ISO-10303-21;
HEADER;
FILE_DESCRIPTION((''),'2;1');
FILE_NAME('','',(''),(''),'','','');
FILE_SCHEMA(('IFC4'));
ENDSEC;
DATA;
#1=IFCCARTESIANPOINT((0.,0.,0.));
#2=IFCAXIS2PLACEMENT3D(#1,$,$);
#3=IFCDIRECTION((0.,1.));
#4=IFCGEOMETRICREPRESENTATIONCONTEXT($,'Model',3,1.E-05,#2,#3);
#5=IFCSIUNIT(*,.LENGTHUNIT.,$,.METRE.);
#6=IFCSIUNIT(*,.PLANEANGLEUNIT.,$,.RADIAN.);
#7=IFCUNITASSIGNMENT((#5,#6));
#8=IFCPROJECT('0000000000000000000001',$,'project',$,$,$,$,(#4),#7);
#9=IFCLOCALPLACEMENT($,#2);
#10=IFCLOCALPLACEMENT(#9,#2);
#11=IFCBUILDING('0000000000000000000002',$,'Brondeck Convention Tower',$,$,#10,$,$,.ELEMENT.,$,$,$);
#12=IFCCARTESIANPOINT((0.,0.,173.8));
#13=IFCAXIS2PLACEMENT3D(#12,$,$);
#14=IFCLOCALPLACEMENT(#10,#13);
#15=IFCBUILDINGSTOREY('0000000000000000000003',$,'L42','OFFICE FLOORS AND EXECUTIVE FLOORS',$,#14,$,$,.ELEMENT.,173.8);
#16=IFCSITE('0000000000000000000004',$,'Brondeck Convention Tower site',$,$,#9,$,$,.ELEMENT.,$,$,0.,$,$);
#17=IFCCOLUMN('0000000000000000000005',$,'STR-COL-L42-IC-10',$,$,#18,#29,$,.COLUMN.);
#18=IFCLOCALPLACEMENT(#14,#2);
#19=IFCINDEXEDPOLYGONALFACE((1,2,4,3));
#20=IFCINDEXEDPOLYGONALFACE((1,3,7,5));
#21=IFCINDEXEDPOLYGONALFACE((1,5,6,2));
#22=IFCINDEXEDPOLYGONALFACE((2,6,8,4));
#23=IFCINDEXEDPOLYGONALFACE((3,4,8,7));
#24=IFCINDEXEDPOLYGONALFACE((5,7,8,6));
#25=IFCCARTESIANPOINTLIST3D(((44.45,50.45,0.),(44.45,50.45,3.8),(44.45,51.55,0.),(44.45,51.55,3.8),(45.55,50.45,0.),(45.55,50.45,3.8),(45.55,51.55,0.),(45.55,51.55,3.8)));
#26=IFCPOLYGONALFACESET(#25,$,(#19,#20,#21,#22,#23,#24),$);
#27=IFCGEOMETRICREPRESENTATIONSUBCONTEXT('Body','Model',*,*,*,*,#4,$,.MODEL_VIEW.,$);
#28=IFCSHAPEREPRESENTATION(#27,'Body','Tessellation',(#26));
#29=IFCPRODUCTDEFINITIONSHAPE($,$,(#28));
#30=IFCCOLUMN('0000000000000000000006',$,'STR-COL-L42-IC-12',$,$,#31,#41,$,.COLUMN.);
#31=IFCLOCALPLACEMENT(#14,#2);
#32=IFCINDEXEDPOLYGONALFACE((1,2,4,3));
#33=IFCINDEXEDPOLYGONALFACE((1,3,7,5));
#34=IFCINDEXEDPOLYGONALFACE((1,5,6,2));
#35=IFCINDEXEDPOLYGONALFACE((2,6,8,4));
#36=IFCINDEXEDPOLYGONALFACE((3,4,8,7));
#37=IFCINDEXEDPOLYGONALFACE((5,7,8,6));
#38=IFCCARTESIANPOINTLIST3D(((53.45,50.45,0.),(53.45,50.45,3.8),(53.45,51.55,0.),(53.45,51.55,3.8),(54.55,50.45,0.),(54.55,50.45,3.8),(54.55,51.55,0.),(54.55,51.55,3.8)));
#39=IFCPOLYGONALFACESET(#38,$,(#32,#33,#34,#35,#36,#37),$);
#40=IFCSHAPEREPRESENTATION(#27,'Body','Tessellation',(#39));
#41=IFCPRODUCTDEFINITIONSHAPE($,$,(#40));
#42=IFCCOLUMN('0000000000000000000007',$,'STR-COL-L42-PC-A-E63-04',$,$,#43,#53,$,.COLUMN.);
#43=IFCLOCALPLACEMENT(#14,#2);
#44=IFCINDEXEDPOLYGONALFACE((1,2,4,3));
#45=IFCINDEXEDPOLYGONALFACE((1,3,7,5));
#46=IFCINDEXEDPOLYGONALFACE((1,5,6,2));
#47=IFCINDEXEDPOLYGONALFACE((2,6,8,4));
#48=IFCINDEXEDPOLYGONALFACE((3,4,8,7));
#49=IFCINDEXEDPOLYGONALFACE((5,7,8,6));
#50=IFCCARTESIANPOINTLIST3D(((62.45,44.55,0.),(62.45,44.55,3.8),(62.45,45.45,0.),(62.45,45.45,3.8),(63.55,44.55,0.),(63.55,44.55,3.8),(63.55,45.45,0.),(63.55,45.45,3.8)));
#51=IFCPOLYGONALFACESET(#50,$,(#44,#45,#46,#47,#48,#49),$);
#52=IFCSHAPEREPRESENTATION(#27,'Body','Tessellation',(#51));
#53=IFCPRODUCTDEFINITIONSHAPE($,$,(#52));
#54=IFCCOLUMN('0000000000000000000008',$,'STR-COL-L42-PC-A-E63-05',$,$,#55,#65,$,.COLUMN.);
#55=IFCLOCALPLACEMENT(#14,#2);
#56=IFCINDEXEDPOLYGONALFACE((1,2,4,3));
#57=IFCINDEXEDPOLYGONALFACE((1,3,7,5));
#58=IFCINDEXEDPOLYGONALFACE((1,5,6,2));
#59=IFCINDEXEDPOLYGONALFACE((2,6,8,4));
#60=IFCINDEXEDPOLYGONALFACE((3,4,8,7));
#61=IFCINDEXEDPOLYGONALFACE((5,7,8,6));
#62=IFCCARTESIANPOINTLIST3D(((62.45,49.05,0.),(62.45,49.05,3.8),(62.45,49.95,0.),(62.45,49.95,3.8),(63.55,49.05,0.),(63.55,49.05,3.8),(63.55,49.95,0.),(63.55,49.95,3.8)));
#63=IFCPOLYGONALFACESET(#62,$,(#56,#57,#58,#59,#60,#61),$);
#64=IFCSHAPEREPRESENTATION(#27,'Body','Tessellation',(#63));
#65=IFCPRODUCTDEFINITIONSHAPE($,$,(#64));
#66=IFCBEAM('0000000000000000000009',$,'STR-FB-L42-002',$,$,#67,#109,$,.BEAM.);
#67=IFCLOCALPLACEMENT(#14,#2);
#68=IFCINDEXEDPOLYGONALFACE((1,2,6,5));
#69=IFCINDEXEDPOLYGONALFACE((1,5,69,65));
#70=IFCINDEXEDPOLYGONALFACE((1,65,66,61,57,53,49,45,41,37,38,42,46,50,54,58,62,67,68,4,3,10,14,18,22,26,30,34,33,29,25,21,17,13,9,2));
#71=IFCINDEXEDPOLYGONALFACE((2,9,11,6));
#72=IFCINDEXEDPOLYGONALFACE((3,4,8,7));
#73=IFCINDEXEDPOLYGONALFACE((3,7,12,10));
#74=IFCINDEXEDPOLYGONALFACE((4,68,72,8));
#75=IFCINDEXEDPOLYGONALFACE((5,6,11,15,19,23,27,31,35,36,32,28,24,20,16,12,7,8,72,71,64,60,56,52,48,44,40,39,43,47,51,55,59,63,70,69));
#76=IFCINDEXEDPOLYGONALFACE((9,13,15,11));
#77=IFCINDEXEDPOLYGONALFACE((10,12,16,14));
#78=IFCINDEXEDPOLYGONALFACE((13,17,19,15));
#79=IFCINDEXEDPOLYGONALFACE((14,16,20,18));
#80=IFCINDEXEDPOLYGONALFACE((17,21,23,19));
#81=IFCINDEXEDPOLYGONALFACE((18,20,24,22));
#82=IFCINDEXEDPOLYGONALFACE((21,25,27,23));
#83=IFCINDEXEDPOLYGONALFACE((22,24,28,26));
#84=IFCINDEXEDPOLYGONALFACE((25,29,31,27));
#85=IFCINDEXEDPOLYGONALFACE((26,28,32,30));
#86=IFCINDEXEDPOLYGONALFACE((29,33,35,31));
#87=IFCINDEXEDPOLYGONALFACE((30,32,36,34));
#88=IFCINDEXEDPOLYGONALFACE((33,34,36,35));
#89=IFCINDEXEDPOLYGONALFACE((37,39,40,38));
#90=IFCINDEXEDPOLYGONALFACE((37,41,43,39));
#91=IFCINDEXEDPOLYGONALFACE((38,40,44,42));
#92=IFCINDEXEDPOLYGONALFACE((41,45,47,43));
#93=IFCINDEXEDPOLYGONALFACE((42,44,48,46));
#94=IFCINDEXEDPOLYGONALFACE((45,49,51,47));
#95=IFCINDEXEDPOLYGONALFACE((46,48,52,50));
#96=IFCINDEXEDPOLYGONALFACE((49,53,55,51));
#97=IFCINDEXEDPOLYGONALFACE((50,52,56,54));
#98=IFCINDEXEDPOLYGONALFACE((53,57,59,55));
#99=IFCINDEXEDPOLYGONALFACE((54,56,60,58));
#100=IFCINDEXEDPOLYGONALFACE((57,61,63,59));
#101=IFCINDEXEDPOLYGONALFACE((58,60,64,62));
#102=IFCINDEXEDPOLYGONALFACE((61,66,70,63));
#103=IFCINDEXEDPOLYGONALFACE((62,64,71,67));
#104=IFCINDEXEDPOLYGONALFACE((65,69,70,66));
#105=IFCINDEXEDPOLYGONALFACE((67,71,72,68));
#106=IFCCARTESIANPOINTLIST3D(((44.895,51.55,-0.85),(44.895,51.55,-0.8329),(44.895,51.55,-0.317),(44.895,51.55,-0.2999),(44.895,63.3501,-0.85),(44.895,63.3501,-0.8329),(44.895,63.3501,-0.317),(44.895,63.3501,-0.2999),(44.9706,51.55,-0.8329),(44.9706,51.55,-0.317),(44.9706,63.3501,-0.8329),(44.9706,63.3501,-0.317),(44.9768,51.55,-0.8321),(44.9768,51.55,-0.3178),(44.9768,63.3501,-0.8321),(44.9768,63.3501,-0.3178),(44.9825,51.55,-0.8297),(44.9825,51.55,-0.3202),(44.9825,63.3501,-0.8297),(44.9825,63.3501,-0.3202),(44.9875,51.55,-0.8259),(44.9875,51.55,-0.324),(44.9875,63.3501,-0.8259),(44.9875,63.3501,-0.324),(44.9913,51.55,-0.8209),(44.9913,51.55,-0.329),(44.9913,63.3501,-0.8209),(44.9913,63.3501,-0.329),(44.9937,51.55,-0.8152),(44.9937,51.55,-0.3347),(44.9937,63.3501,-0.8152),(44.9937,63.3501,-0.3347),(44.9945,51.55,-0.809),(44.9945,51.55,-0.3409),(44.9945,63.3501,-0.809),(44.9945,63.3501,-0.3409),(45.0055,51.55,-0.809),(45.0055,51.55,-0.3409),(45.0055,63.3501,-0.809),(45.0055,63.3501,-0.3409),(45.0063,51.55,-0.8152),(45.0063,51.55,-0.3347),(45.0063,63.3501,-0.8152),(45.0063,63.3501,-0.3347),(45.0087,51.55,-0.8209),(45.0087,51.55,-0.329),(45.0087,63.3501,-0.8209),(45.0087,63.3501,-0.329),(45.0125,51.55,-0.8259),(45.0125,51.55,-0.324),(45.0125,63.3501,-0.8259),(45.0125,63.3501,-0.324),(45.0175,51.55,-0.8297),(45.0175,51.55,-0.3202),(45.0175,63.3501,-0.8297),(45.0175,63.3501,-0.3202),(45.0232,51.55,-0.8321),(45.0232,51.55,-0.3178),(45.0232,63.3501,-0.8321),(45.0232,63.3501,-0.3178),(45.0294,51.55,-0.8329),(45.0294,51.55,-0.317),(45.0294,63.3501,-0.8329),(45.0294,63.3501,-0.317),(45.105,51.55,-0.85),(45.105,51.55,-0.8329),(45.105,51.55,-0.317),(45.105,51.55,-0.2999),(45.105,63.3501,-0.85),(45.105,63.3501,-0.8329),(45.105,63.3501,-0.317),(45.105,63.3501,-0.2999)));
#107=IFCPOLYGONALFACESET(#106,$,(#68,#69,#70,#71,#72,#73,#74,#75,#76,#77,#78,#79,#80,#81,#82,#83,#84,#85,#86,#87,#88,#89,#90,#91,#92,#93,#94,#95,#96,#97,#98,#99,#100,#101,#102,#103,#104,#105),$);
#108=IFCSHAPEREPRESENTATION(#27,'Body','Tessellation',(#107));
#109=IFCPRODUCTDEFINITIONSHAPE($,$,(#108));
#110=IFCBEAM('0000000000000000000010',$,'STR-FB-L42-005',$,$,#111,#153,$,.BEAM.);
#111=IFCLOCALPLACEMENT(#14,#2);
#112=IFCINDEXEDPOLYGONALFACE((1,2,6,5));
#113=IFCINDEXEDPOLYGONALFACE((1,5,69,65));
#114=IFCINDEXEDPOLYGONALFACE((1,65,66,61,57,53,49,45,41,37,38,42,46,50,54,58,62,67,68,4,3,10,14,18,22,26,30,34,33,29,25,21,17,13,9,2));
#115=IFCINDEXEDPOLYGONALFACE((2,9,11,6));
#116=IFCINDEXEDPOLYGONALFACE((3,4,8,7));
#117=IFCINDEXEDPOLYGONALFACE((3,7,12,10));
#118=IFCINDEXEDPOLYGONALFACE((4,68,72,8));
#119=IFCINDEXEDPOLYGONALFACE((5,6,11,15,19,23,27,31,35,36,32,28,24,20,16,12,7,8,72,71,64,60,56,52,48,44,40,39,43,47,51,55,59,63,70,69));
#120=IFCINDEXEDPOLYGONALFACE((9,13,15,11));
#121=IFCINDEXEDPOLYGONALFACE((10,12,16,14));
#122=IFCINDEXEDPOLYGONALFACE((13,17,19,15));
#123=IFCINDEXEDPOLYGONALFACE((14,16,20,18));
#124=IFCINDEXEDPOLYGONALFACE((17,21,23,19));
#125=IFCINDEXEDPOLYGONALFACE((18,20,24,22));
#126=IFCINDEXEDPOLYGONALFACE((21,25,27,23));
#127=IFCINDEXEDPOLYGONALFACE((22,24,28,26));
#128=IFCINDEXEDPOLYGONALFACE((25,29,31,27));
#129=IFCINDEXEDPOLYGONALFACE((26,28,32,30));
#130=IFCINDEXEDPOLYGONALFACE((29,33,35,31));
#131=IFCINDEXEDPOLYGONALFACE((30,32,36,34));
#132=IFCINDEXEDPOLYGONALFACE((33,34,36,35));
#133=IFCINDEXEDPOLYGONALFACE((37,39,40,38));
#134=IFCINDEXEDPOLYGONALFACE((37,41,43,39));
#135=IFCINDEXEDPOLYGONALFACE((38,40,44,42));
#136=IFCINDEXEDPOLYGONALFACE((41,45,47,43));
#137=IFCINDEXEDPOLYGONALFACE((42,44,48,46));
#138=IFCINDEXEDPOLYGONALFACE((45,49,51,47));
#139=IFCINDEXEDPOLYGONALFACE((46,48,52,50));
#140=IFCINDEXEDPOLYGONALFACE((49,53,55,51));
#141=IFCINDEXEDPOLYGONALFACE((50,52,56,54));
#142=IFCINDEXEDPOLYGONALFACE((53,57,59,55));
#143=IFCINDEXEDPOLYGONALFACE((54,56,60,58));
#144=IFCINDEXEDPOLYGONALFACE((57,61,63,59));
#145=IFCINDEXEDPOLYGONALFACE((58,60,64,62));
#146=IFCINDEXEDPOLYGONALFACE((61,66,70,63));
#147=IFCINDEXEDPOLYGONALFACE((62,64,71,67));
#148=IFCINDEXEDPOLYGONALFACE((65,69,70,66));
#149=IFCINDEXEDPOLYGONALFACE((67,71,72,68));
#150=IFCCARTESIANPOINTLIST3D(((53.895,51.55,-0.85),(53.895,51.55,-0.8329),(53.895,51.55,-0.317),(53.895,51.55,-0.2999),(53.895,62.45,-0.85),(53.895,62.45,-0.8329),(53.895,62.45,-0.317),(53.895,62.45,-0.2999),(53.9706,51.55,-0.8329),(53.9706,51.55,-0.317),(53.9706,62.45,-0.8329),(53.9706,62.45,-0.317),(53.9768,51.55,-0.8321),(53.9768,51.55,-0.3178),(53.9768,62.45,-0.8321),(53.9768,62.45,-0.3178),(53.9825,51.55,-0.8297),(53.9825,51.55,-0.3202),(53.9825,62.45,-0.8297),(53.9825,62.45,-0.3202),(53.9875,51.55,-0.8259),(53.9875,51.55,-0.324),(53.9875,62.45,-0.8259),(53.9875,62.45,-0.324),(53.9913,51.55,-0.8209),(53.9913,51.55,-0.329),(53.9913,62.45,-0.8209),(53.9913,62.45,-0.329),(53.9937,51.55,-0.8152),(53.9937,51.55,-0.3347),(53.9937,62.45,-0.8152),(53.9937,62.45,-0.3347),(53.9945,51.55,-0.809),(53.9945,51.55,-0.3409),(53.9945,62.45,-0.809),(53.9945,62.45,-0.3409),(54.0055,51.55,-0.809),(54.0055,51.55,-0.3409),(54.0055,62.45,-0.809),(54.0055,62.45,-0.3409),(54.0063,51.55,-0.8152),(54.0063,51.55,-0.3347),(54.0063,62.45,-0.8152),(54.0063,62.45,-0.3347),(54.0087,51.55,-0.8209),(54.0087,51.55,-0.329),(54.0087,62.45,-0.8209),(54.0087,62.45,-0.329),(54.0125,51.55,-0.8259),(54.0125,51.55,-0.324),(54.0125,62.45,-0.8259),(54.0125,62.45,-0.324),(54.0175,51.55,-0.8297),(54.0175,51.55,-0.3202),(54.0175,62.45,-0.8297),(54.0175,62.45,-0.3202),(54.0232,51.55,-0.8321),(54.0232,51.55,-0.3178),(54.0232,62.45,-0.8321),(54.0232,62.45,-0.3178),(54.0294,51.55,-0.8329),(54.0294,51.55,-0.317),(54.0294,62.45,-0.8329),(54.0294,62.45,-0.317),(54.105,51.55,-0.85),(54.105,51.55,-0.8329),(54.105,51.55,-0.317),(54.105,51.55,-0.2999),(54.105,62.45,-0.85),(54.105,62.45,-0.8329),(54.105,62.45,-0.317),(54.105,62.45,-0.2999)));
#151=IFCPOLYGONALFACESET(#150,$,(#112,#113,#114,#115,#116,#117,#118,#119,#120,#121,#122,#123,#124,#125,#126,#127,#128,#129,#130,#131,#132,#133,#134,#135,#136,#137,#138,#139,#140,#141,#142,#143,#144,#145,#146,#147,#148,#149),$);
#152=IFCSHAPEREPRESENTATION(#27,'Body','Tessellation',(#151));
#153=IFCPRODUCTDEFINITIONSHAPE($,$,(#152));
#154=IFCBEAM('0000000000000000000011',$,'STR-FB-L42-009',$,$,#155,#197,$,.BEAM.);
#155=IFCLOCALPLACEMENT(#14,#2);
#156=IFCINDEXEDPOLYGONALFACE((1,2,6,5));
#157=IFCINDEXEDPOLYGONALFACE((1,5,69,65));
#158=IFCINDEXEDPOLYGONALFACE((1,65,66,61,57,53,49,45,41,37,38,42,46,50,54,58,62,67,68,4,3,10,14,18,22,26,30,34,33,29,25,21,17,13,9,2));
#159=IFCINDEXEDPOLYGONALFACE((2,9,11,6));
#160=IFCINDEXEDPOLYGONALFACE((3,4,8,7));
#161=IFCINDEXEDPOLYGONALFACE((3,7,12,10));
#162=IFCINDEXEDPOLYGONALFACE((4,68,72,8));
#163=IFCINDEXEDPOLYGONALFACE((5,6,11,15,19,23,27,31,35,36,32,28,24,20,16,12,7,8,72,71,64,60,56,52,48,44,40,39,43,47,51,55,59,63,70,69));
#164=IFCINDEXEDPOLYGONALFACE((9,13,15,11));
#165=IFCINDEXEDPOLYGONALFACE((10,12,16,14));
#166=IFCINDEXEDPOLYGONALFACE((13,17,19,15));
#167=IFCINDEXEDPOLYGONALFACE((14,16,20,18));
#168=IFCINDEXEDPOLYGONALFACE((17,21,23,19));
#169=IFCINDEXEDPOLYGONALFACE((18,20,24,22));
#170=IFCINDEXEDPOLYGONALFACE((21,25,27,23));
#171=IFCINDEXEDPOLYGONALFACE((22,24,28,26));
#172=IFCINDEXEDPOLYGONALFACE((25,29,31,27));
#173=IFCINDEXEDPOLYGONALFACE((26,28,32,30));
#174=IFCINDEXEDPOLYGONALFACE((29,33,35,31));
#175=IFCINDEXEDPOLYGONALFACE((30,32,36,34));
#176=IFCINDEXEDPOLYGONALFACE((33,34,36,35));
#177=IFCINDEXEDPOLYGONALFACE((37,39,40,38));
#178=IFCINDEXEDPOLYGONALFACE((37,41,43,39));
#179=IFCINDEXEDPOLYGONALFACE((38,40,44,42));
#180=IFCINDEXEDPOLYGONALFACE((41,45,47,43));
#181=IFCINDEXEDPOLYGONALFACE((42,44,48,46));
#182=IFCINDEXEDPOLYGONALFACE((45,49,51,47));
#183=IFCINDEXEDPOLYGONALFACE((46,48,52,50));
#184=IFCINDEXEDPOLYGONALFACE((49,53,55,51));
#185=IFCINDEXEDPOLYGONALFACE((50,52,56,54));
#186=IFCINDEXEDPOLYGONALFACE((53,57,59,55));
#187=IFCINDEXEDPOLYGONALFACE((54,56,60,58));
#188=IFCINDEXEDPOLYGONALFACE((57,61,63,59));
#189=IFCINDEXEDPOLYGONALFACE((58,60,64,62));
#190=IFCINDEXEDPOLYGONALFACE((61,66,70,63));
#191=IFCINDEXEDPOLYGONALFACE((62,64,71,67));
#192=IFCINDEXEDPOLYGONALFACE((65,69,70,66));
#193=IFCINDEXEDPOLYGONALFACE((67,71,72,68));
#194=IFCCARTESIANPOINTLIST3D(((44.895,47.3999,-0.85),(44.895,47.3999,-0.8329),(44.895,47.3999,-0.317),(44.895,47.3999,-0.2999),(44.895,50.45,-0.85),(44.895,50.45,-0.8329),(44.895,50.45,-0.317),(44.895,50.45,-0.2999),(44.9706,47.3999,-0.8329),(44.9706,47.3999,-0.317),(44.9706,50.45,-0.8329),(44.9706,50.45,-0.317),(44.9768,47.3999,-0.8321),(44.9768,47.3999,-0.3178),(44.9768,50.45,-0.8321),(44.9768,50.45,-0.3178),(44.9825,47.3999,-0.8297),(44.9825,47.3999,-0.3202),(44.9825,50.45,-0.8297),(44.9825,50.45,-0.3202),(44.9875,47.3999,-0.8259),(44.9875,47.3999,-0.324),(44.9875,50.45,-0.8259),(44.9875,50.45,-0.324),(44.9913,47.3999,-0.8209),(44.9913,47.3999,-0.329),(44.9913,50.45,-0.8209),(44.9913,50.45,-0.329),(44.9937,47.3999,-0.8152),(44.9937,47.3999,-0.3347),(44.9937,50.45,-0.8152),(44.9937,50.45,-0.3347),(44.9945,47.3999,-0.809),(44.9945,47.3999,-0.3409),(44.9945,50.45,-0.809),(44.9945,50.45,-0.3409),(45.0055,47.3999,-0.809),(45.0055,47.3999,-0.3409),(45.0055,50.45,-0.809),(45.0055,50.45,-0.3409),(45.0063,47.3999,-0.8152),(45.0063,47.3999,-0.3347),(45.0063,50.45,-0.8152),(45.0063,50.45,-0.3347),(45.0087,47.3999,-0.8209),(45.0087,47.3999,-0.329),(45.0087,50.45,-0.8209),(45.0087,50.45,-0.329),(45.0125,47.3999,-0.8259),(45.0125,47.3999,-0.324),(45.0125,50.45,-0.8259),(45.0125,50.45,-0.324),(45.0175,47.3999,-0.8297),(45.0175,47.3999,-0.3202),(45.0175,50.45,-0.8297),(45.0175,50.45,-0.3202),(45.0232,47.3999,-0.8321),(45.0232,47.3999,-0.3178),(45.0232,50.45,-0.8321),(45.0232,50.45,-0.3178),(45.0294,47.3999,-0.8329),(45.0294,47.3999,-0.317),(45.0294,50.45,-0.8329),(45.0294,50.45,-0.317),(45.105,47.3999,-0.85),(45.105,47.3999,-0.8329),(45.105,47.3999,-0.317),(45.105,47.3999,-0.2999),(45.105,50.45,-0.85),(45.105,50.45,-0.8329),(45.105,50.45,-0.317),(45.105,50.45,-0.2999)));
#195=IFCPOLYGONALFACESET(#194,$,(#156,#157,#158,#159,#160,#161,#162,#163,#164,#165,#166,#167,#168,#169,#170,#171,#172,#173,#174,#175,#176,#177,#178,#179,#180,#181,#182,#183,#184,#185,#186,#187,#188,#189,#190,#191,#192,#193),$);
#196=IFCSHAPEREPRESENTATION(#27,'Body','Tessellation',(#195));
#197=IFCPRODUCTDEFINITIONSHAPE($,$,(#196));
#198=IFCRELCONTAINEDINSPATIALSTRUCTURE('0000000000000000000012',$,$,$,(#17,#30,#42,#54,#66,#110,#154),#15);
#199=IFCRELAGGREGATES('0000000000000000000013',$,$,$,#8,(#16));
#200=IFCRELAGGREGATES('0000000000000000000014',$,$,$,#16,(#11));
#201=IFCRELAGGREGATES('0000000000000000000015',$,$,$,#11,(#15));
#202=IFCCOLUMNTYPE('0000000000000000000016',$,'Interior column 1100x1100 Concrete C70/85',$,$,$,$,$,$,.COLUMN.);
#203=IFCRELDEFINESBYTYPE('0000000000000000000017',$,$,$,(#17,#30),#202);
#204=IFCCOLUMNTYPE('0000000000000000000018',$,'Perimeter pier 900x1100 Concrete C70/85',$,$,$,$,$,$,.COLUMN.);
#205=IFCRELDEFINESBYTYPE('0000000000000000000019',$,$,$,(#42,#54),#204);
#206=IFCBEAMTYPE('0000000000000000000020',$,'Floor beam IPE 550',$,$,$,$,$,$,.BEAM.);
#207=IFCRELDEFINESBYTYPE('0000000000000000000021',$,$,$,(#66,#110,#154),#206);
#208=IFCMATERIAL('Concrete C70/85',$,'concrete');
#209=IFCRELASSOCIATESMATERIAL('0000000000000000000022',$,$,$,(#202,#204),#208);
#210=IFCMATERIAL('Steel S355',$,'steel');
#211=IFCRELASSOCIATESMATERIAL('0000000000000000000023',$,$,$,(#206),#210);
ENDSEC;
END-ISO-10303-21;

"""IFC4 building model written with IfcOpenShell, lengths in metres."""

from ifc_helpers import new_model, si_unit, direction, frame, origin, origin_2d, place, context, subcontext, project, spatial, rectangle, i_section, extrude, material, material_profile, profile_set, type_object, element, save


model = new_model("IFC4")

# Units and contexts
model_context = context("Model", 3, precision=1e-05, world=origin(), true_north=direction((0.0, 1.0)))
body_context = subcontext(model_context, "Body", "Model", "MODEL_VIEW")
ifc_project = project(units=[si_unit("LENGTHUNIT", "METRE"), si_unit("PLANEANGLEUNIT", "RADIAN")], contexts=[model_context])

# Site, building, storey
site_placement = place(None, origin())
site = spatial("IfcSite", under=ifc_project, at=site_placement, Name="Brondeck Convention Tower site", CompositionType="ELEMENT", RefElevation=0.0)
building_placement = place(site_placement, origin())
building = spatial("IfcBuilding", under=site, at=building_placement, Name="Brondeck Convention Tower", CompositionType="ELEMENT")
storey_placement = place(building_placement, frame((0.0, 0.0, 173.8)))
storey = spatial("IfcBuildingStorey", under=building, at=storey_placement, Name="L42", Description="OFFICE FLOORS AND EXECUTIVE FLOORS", CompositionType="ELEMENT", Elevation=173.8)

# Columns
ifc_material_1 = material(Name="Concrete C70/85", Category="concrete")
ifc_material_profile_1 = material_profile(ifc_material_1, rectangle(XDim=1.1001, YDim=1.1001, at=origin_2d()), Name="Interior column 1100x1100 Concrete C70/85")
ifc_profile_set_1 = profile_set([ifc_material_profile_1], Name="Concrete C70/85")
column_type_1 = type_object("IfcColumnType", Name="Interior column 1100x1100 Concrete C70/85", PredefinedType="COLUMN", material=ifc_profile_set_1)
for number, where, z_axis, x_axis, name in (
    (1, (45.0, 51.0, 0.0), (0.0, 0.0, 1.0), (1.0, 0.0, 0.0), "STR-COL-L42-IC-10"),
    (2, (54.0, 51.0, 0.0), (0.0, 0.0, 1.0), (1.0, 0.0, 0.0), "STR-COL-L42-IC-12"),
):
    element("IfcColumn", number, at=place(storey_placement, frame(where, z_axis=z_axis, x_axis=x_axis)), inside=storey, type_object=column_type_1, Name=name, PredefinedType="COLUMN", context=body_context, shape_type="SweptSolid", body=[
        extrude(rectangle(XDim=1.1001, YDim=1.1001, at=origin_2d()), origin(), (0.0, 0.0, 1.0), 3.8),
    ])
ifc_material_profile_2 = material_profile(ifc_material_1, rectangle(XDim=0.8999, YDim=1.1001, at=origin_2d()), Name="Perimeter pier 900x1100 Concrete C70/85")
ifc_profile_set_2 = profile_set([ifc_material_profile_2], Name="Concrete C70/85")
column_type_2 = type_object("IfcColumnType", Name="Perimeter pier 900x1100 Concrete C70/85", PredefinedType="COLUMN", material=ifc_profile_set_2)
for number, where, z_axis, x_axis, name in (
    (3, (63.0, 45.0, 0.0), (0.0, 0.0, 1.0), (0.0, 1.0, 0.0), "STR-COL-L42-PC-A-E63-04"),
    (4, (63.0, 49.5, 0.0), (0.0, 0.0, 1.0), (0.0, 1.0, 0.0), "STR-COL-L42-PC-A-E63-05"),
):
    element("IfcColumn", number, at=place(storey_placement, frame(where, z_axis=z_axis, x_axis=x_axis)), inside=storey, type_object=column_type_2, Name=name, PredefinedType="COLUMN", context=body_context, shape_type="SweptSolid", body=[
        extrude(rectangle(XDim=0.8999, YDim=1.1001, at=origin_2d()), origin(), (0.0, 0.0, 1.0), 3.8),
    ])

# Beams
ifc_material_2 = material(Name="Steel S355", Category="steel")
ifc_material_profile_3 = material_profile(ifc_material_2, i_section(OverallWidth=0.21, OverallDepth=0.55, WebThickness=0.011, FlangeThickness=0.0171, FilletRadius=0.0239, at=origin_2d()), Name="IPE 550")
ifc_profile_set_3 = profile_set([ifc_material_profile_3], Name="Steel S355")
beam_type_1 = type_object("IfcBeamType", Name="Floor beam IPE 550", PredefinedType="BEAM", material=ifc_profile_set_3)
beam_1_placement = place(storey_placement, frame((45.0, 51.55, -0.575), z_axis=(0.0, 1.0, 0.0), x_axis=(-1.0, 0.0, 0.0)))
element("IfcBeam", 5, at=beam_1_placement, inside=storey, type_object=beam_type_1, Name="STR-FB-L42-002", PredefinedType="BEAM", context=body_context, shape_type="SweptSolid", body=[
    extrude(i_section(OverallWidth=0.21, OverallDepth=0.55, WebThickness=0.011, FlangeThickness=0.0171, FilletRadius=0.0239, at=origin_2d()), origin(), (0.0, 0.0, 1.0), 11.8),
])
beam_2_placement = place(storey_placement, frame((54.0, 51.55, -0.575), z_axis=(0.0, 1.0, 0.0), x_axis=(-1.0, 0.0, 0.0)))
element("IfcBeam", 6, at=beam_2_placement, inside=storey, type_object=beam_type_1, Name="STR-FB-L42-005", PredefinedType="BEAM", context=body_context, shape_type="SweptSolid", body=[
    extrude(i_section(OverallWidth=0.21, OverallDepth=0.55, WebThickness=0.011, FlangeThickness=0.0171, FilletRadius=0.0239, at=origin_2d()), origin(), (0.0, 0.0, 1.0), 10.8999),
])
beam_3_placement = place(storey_placement, frame((45.0, 47.3999, -0.575), z_axis=(0.0, 1.0, 0.0), x_axis=(-1.0, 0.0, 0.0)))
element("IfcBeam", 7, at=beam_3_placement, inside=storey, type_object=beam_type_1, Name="STR-FB-L42-009", PredefinedType="BEAM", context=body_context, shape_type="SweptSolid", body=[
    extrude(i_section(OverallWidth=0.21, OverallDepth=0.55, WebThickness=0.011, FlangeThickness=0.0171, FilletRadius=0.0239, at=origin_2d()), origin(), (0.0, 0.0, 1.0), 3.05),
])

save(model, "model.ifc")
